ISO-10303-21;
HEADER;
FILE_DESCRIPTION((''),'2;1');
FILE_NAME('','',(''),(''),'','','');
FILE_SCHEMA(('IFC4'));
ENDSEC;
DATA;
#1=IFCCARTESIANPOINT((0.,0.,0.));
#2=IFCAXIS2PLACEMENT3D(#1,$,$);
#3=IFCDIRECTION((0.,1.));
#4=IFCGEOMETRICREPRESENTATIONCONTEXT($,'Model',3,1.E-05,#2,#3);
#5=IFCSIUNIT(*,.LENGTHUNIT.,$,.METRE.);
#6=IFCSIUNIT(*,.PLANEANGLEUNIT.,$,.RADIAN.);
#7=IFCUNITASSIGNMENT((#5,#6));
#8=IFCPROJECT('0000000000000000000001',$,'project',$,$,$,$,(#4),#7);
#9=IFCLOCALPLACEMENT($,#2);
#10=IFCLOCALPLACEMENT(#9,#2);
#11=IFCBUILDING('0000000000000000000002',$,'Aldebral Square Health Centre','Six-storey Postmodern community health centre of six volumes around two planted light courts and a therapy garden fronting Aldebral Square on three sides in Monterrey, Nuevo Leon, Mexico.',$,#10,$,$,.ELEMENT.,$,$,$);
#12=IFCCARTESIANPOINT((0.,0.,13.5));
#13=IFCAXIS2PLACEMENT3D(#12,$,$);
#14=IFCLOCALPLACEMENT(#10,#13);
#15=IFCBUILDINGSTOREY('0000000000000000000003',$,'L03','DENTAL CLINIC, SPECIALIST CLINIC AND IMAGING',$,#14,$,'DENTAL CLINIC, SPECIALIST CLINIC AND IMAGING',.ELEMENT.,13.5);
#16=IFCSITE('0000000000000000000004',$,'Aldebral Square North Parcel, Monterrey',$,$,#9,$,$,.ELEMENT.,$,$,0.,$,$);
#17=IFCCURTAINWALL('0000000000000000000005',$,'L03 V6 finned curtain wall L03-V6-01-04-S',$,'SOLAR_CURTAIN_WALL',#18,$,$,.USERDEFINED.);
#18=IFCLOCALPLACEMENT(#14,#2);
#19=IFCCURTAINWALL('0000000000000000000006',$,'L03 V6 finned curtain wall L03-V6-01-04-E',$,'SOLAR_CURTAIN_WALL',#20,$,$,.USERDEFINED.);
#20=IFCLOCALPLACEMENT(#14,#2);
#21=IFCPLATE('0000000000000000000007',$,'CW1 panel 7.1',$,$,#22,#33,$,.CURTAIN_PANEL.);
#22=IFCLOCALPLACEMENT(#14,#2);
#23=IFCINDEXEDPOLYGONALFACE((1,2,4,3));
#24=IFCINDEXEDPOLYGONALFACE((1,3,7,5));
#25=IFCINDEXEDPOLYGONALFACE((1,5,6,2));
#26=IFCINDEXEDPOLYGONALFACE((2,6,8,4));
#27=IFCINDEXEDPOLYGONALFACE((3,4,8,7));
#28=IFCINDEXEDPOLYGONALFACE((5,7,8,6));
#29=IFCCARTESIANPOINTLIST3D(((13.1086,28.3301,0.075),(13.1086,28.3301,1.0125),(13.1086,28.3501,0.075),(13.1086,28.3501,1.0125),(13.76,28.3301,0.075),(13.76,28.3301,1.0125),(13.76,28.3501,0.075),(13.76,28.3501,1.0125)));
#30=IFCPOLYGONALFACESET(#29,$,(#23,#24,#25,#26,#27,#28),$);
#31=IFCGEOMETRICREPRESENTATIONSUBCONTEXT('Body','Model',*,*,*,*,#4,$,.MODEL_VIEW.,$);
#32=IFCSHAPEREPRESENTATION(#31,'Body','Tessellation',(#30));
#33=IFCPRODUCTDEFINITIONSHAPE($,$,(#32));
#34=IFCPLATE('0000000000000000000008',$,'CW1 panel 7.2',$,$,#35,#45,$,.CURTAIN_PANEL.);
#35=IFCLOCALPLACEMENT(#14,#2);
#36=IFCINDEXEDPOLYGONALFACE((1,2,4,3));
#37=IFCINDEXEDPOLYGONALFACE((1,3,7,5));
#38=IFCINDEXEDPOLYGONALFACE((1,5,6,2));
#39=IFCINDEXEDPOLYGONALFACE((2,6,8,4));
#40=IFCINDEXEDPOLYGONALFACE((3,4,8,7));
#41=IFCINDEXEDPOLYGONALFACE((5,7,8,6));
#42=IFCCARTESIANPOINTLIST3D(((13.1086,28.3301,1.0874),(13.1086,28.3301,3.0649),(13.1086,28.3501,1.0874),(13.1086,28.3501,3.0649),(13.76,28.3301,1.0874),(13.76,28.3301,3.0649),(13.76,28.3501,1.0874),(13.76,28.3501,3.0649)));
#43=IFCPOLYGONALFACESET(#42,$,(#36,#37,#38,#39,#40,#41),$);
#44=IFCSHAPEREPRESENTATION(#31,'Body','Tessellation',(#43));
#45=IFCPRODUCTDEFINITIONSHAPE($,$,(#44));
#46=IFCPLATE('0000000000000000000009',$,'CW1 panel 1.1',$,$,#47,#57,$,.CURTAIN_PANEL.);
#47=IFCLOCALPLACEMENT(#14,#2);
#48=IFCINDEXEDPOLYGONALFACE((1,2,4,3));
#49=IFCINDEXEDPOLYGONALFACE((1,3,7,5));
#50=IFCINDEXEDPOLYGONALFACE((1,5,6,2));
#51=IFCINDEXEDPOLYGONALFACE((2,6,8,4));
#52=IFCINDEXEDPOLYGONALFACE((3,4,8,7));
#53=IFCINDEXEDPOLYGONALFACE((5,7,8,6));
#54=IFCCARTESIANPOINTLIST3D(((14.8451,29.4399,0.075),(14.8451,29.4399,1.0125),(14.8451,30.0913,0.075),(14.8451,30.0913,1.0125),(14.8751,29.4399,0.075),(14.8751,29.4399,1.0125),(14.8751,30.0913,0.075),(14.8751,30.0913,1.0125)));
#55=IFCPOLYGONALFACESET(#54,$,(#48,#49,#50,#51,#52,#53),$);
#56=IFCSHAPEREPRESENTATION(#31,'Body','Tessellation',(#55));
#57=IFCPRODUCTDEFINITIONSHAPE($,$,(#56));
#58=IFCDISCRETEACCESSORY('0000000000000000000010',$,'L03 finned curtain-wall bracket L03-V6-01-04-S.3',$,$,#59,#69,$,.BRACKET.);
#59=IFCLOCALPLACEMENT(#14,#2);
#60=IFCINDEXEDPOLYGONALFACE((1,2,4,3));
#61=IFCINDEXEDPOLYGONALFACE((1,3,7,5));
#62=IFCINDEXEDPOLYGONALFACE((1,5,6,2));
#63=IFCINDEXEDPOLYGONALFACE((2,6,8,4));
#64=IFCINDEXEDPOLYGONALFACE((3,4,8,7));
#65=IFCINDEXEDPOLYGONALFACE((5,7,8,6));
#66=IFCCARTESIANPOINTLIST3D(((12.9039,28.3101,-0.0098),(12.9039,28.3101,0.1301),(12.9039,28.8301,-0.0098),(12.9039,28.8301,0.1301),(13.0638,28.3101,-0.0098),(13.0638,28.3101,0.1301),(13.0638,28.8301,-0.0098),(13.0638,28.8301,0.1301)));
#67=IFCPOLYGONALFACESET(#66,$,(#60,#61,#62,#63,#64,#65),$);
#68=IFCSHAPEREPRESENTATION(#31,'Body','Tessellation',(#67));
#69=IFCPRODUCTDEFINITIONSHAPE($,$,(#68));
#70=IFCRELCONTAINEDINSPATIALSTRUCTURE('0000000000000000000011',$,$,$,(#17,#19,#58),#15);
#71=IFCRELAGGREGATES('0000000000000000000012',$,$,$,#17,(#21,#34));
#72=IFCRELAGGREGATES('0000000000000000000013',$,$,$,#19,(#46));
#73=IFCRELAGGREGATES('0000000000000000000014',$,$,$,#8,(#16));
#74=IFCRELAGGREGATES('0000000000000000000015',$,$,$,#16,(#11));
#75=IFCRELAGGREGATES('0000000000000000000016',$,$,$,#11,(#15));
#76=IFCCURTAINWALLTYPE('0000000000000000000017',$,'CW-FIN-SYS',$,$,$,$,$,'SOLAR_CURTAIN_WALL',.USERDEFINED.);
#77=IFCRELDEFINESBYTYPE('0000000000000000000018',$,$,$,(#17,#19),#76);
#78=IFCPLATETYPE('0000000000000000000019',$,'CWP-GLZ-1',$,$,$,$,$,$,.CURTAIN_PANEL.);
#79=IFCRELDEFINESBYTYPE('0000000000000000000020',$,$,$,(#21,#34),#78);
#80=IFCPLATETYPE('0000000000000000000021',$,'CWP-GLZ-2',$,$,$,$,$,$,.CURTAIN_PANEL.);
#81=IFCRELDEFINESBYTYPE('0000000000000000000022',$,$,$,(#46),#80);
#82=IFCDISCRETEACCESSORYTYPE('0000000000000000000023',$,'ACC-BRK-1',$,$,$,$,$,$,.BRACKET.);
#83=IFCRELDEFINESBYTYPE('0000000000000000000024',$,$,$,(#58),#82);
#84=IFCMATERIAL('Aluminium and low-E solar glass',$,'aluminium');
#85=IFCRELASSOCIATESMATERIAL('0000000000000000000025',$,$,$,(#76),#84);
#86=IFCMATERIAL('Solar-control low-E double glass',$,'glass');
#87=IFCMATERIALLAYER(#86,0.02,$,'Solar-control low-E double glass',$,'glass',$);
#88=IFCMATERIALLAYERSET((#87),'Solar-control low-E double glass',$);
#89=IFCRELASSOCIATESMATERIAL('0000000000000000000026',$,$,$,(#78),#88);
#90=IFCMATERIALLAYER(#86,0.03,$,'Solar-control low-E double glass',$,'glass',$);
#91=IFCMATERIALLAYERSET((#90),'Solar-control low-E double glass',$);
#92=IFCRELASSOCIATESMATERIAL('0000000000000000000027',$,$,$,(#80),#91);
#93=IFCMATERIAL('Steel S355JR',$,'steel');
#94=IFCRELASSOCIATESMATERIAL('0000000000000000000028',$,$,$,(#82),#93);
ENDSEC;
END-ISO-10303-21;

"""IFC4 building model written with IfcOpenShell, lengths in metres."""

from ifc_helpers import new_model, si_unit, direction, frame, origin, origin_2d, place, context, subcontext, project, spatial, rectangle, extrude, material, layer, layer_set, type_object, element, aggregate, save


model = new_model("IFC4")

# Units and contexts
model_context = context("Model", 3, precision=1e-05, world=origin(), true_north=direction((0.0, 1.0)))
body_context = subcontext(model_context, "Body", "Model", "MODEL_VIEW")
ifc_project = project(units=[si_unit("LENGTHUNIT", "METRE"), si_unit("PLANEANGLEUNIT", "RADIAN")], contexts=[model_context])

# Site, building, storey
site_placement = place(None, origin())
site = spatial("IfcSite", under=ifc_project, at=site_placement, Name="Aldebral Square North Parcel, Monterrey", CompositionType="ELEMENT", RefElevation=0.0)
building_placement = place(site_placement, origin())
building = spatial("IfcBuilding", under=site, at=building_placement, Name="Aldebral Square Health Centre", Description="Six-storey Postmodern community health centre of six volumes around two planted light courts and a therapy garden fronting Aldebral Square on three sides in Monterrey, Nuevo Leon, Mexico.", CompositionType="ELEMENT")
storey_placement = place(building_placement, frame((0.0, 0.0, 13.5)))
storey = spatial("IfcBuildingStorey", under=building, at=storey_placement, Name="L03", Description="DENTAL CLINIC, SPECIALIST CLINIC AND IMAGING", LongName="DENTAL CLINIC, SPECIALIST CLINIC AND IMAGING", CompositionType="ELEMENT", Elevation=13.5)

# Curtain wall
ifc_material_1 = material(Name="Aluminium and low-E solar glass", Category="aluminium")
curtain_wall_type = type_object("IfcCurtainWallType", Name="CW-FIN-SYS", ElementType="SOLAR_CURTAIN_WALL", PredefinedType="USERDEFINED", material=ifc_material_1)
curtain_wall_1_placement = place(storey_placement, origin())
curtain_wall_1 = element("IfcCurtainWall", 1, at=curtain_wall_1_placement, inside=storey, type_object=curtain_wall_type, Name="L03 V6 finned curtain wall L03-V6-01-04-S", ObjectType="SOLAR_CURTAIN_WALL", PredefinedType="USERDEFINED")

# Curtain wall
curtain_wall_2_placement = place(storey_placement, origin())
curtain_wall_2 = element("IfcCurtainWall", 2, at=curtain_wall_2_placement, inside=storey, type_object=curtain_wall_type, Name="L03 V6 finned curtain wall L03-V6-01-04-E", ObjectType="SOLAR_CURTAIN_WALL", PredefinedType="USERDEFINED")

# Plates
ifc_material_2 = material(Name="Solar-control low-E double glass", Category="glass")
ifc_layer_1 = layer(ifc_material_2, 0.02, Name="Solar-control low-E double glass", Category="glass")
ifc_layer_set_1 = layer_set([ifc_layer_1], Name="Solar-control low-E double glass")
plate_type_1 = type_object("IfcPlateType", Name="CWP-GLZ-1", PredefinedType="CURTAIN_PANEL", material=ifc_layer_set_1)
plate_1_placement = place(storey_placement, frame((13.4343, 28.3401, 0.075), z_axis=(0.0, 0.0, 1.0), x_axis=(1.0, 0.0, 0.0)))
plate_1 = element("IfcPlate", 3, at=plate_1_placement, type_object=plate_type_1, Name="CW1 panel 7.1", PredefinedType="CURTAIN_PANEL", context=body_context, shape_type="SweptSolid", body=[
    extrude(rectangle(XDim=0.6514, YDim=0.02, at=origin_2d()), origin(), (0.0, 0.0, 1.0), 0.9375),
])
plate_2_placement = place(storey_placement, frame((13.4343, 28.3401, 1.0874), z_axis=(0.0, 0.0, 1.0), x_axis=(1.0, 0.0, 0.0)))
plate_2 = element("IfcPlate", 4, at=plate_2_placement, type_object=plate_type_1, Name="CW1 panel 7.2", PredefinedType="CURTAIN_PANEL", context=body_context, shape_type="SweptSolid", body=[
    extrude(rectangle(XDim=0.6514, YDim=0.02, at=origin_2d()), origin(), (0.0, 0.0, 1.0), 1.9775),
])
aggregate(curtain_wall_1, [plate_1, plate_2])
ifc_layer_2 = layer(ifc_material_2, 0.03, Name="Solar-control low-E double glass", Category="glass")
ifc_layer_set_2 = layer_set([ifc_layer_2], Name="Solar-control low-E double glass")
plate_type_2 = type_object("IfcPlateType", Name="CWP-GLZ-2", PredefinedType="CURTAIN_PANEL", material=ifc_layer_set_2)
plate_3_placement = place(storey_placement, frame((14.8601, 29.7656, 0.075), z_axis=(0.0, 0.0, 1.0), x_axis=(0.0, 1.0, 0.0)))
plate_3 = element("IfcPlate", 5, at=plate_3_placement, type_object=plate_type_2, Name="CW1 panel 1.1", PredefinedType="CURTAIN_PANEL", context=body_context, shape_type="SweptSolid", body=[
    extrude(rectangle(XDim=0.6514, YDim=0.03, at=origin_2d()), origin(), (0.0, 0.0, 1.0), 0.9375),
])
aggregate(curtain_wall_2, [plate_3])

# Discrete accessory
ifc_material_3 = material(Name="Steel S355JR", Category="steel")
discrete_accessory_type = type_object("IfcDiscreteAccessoryType", Name="ACC-BRK-1", PredefinedType="BRACKET", material=ifc_material_3)
discrete_accessory_placement = place(storey_placement, frame((12.9839, 28.5701, -0.0098), z_axis=(0.0, 0.0, 1.0), x_axis=(1.0, 0.0, 0.0)))
element("IfcDiscreteAccessory", 6, at=discrete_accessory_placement, inside=storey, type_object=discrete_accessory_type, Name="L03 finned curtain-wall bracket L03-V6-01-04-S.3", PredefinedType="BRACKET", context=body_context, shape_type="SweptSolid", body=[
    extrude(rectangle(XDim=0.1599, YDim=0.52, at=origin_2d()), origin(), (0.0, 0.0, 1.0), 0.1399),
])

save(model, "model.ifc")
